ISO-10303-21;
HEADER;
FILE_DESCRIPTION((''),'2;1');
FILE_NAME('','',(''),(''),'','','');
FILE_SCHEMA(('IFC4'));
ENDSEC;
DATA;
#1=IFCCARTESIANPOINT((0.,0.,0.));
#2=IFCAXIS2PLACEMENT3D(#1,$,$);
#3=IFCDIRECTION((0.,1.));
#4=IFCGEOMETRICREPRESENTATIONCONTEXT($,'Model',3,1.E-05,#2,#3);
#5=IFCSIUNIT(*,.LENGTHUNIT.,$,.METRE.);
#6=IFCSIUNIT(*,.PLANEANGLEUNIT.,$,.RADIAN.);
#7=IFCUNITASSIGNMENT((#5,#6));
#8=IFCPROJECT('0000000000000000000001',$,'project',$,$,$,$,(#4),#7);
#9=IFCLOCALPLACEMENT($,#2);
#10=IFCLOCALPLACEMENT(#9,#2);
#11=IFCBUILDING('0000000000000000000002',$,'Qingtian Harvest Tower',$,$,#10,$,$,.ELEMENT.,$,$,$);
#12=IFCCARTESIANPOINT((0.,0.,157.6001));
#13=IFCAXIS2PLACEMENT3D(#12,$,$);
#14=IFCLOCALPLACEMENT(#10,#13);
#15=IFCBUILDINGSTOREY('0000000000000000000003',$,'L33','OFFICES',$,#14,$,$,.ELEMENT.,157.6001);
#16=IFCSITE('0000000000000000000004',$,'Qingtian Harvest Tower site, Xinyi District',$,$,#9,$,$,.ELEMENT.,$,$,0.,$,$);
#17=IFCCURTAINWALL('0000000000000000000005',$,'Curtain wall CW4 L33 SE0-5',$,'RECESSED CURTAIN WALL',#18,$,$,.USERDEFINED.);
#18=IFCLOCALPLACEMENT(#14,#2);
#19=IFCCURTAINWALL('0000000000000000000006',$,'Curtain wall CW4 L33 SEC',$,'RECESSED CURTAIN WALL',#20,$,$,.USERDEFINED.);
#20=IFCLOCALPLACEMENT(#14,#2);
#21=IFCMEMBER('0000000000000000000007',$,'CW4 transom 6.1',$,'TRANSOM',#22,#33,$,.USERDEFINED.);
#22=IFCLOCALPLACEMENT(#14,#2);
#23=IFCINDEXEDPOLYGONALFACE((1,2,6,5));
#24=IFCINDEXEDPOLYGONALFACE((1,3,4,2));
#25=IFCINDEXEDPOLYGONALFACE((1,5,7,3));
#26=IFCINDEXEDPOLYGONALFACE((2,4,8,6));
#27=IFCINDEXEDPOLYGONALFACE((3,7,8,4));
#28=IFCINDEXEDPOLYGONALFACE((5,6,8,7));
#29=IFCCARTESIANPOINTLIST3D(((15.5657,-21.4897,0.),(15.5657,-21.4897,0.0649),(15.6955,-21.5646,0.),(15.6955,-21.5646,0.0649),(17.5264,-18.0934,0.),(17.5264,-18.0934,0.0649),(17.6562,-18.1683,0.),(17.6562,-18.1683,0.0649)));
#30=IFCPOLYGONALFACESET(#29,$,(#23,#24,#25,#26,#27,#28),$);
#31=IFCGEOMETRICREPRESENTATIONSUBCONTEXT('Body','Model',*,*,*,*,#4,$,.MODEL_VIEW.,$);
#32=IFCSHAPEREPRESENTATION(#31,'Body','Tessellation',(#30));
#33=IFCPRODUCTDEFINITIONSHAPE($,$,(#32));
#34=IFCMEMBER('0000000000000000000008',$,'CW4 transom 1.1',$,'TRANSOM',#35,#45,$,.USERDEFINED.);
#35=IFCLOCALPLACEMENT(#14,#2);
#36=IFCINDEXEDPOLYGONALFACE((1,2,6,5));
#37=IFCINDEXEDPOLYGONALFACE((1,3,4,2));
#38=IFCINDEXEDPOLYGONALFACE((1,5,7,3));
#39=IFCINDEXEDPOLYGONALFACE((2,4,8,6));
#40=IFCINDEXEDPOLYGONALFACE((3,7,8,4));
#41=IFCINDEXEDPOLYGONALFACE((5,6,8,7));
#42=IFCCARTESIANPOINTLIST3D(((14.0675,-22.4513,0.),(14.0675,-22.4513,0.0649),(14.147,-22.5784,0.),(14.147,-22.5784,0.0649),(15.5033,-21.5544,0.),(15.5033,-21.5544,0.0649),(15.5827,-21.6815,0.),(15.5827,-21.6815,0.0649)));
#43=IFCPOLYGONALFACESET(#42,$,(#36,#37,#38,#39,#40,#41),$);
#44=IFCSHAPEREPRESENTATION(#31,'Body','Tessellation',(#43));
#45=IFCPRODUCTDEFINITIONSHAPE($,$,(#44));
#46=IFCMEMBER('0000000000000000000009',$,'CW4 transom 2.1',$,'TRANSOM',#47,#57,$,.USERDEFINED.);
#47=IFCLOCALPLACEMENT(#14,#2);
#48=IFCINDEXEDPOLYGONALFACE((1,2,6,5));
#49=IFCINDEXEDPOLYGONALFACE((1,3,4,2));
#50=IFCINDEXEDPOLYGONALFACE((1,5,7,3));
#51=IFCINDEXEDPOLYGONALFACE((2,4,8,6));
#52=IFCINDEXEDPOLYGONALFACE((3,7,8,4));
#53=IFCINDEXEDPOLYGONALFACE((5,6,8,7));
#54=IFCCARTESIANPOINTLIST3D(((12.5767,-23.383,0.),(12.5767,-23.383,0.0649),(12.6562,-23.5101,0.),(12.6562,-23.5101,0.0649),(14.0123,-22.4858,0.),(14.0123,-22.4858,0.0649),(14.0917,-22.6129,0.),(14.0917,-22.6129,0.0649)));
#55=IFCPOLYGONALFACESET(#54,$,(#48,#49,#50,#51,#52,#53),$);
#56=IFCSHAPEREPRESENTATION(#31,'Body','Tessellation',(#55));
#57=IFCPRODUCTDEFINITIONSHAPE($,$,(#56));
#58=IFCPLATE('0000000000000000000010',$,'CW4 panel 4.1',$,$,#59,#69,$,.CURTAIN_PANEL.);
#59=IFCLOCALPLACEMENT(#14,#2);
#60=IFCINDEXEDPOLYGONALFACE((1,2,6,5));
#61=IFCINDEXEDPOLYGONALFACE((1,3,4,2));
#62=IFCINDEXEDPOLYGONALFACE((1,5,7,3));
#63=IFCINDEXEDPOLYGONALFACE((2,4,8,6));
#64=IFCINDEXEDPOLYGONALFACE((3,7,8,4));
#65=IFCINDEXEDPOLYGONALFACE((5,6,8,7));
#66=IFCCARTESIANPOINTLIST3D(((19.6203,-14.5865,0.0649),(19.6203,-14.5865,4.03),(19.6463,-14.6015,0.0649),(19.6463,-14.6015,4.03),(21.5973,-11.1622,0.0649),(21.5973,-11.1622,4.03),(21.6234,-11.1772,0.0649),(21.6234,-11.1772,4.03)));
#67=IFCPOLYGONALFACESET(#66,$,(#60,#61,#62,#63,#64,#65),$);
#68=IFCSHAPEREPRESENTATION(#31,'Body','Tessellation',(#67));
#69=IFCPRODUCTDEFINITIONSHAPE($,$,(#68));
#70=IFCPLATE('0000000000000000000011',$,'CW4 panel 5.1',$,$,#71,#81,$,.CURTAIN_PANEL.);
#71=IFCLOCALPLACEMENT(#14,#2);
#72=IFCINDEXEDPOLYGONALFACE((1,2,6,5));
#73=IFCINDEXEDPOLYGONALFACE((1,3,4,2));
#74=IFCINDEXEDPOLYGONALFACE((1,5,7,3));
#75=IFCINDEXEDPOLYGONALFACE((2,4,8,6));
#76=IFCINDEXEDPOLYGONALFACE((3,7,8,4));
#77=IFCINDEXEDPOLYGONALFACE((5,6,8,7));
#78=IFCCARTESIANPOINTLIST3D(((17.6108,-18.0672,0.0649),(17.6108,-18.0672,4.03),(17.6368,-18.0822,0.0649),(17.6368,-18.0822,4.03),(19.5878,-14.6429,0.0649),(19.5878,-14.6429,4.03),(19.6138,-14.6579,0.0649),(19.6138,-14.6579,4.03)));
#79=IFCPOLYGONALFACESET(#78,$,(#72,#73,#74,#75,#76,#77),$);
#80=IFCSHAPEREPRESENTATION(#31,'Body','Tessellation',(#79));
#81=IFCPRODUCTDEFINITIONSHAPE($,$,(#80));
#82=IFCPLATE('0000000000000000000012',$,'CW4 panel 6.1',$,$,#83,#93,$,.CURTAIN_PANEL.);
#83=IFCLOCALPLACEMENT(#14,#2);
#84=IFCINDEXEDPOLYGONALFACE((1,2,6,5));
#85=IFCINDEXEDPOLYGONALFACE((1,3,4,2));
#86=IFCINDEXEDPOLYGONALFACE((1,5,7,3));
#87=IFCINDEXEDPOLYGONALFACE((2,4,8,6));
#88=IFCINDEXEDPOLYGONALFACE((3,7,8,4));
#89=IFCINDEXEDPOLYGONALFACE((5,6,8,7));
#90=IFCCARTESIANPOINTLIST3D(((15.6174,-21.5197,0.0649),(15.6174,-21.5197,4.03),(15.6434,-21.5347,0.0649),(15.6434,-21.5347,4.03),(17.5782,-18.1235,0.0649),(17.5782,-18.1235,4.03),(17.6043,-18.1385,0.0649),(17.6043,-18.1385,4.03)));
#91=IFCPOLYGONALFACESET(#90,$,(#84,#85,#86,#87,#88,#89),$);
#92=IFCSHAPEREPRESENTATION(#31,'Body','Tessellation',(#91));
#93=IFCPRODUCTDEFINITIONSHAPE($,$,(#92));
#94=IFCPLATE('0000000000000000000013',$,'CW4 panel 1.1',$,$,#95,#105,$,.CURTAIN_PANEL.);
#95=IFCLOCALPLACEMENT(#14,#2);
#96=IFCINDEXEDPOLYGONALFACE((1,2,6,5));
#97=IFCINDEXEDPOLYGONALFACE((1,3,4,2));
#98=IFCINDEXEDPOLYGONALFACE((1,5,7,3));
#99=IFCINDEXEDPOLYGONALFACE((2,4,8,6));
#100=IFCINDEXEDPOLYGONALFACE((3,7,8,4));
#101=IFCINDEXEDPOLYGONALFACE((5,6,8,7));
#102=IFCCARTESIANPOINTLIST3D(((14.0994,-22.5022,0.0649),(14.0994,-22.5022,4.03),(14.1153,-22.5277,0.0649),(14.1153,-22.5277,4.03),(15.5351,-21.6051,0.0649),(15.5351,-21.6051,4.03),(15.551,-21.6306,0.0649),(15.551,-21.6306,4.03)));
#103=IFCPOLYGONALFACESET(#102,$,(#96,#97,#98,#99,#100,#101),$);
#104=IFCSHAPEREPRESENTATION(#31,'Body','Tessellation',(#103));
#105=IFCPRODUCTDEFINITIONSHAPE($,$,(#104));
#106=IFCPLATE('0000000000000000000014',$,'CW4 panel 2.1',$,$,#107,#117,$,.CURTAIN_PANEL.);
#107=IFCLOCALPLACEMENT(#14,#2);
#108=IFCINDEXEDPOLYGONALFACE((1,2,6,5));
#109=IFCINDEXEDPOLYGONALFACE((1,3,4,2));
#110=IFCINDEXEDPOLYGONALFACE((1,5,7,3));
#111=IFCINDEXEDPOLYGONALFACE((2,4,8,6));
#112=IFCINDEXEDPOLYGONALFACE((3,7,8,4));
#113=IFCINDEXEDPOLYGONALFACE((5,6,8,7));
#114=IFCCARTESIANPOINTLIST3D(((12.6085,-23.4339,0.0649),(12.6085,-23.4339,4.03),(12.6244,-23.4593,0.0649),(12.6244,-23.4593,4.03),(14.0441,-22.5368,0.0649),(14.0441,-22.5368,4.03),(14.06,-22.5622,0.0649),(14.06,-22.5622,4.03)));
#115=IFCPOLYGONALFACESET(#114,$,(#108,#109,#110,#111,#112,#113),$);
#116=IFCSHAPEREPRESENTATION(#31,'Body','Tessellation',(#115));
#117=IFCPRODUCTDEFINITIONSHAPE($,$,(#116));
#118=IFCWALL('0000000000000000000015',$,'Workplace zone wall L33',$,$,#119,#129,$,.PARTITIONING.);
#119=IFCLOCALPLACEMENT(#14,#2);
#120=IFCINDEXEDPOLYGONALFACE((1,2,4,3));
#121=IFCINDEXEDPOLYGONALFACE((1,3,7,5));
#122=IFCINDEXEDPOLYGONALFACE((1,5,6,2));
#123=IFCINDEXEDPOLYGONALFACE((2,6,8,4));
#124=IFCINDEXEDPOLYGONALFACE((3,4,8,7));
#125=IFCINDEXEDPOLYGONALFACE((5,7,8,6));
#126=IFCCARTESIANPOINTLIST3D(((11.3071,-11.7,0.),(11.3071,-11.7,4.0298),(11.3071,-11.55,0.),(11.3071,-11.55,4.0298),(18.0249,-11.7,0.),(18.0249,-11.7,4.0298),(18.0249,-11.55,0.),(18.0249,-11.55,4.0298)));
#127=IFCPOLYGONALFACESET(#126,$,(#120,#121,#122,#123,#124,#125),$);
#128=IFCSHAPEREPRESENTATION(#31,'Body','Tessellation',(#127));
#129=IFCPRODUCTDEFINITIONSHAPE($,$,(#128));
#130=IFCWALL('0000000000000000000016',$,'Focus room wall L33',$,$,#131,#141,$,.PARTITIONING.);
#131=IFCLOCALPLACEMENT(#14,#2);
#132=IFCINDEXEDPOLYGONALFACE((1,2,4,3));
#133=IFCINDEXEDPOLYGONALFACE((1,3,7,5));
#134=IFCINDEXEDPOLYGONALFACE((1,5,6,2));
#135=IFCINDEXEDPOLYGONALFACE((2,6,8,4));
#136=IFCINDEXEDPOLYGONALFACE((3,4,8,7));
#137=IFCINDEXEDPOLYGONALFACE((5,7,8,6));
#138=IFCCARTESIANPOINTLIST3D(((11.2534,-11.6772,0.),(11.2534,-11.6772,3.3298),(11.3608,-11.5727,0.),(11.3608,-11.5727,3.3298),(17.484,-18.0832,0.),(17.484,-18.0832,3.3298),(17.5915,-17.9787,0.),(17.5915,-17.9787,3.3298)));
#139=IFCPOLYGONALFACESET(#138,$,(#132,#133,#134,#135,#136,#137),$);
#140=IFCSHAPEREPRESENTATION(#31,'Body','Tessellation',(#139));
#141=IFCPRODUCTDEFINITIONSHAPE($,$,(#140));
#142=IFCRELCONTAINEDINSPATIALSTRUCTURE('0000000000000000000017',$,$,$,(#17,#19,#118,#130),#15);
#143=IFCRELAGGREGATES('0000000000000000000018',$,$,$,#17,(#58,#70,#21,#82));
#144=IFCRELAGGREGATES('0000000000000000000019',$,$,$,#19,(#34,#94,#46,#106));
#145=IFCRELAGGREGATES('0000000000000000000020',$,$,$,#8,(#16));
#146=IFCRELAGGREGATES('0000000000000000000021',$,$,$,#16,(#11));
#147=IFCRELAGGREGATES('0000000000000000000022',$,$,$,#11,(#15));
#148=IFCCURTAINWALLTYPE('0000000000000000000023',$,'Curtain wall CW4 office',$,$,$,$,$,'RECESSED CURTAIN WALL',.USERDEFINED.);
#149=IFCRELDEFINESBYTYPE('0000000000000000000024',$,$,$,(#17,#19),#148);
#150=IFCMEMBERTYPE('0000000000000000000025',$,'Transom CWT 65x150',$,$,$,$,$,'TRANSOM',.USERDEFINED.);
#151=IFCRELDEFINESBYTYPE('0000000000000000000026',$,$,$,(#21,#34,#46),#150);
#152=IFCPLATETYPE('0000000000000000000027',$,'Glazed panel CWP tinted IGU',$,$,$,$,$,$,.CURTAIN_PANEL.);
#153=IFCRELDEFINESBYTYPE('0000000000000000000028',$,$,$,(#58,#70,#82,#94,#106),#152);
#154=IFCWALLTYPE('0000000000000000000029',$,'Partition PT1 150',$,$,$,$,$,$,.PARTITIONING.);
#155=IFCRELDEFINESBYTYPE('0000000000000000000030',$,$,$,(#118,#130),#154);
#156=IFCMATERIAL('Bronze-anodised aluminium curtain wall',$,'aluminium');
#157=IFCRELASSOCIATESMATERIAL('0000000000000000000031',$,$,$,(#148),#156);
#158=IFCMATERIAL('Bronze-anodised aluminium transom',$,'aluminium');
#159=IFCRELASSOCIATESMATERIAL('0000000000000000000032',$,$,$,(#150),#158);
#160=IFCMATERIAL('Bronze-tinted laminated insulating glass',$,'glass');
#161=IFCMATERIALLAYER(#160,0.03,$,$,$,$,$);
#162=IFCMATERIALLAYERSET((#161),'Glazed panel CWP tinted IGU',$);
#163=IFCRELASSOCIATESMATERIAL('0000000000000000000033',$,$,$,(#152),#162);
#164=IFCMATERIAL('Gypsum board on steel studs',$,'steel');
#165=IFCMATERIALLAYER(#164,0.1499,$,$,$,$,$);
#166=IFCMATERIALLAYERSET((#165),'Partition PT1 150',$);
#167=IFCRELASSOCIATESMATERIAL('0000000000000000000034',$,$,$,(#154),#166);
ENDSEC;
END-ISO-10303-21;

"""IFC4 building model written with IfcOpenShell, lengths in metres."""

from ifc_helpers import new_model, si_unit, direction, frame, frame_2d, origin, origin_2d, place, context, subcontext, project, spatial, rectangle, extrude, material, layer, layer_set, material_profile, profile_set, type_object, element, aggregate, save


model = new_model("IFC4")

# Units and contexts
model_context = context("Model", 3, precision=1e-05, world=origin(), true_north=direction((0.0, 1.0)))
body_context = subcontext(model_context, "Body", "Model", "MODEL_VIEW")
ifc_project = project(units=[si_unit("LENGTHUNIT", "METRE"), si_unit("PLANEANGLEUNIT", "RADIAN")], contexts=[model_context])

# Site, building, storey
site_placement = place(None, origin())
site = spatial("IfcSite", under=ifc_project, at=site_placement, Name="Qingtian Harvest Tower site, Xinyi District", CompositionType="ELEMENT", RefElevation=0.0)
building_placement = place(site_placement, origin())
building = spatial("IfcBuilding", under=site, at=building_placement, Name="Qingtian Harvest Tower", CompositionType="ELEMENT")
storey_placement = place(building_placement, frame((0.0, 0.0, 157.6001)))
storey = spatial("IfcBuildingStorey", under=building, at=storey_placement, Name="L33", Description="OFFICES", CompositionType="ELEMENT", Elevation=157.6001)

# Curtain walls
ifc_material_1 = material(Name="Bronze-anodised aluminium curtain wall", Category="aluminium")
curtain_wall_type = type_object("IfcCurtainWallType", Name="Curtain wall CW4 office", ElementType="RECESSED CURTAIN WALL", PredefinedType="USERDEFINED", material=ifc_material_1)
curtain_wall_1_placement = place(storey_placement, origin())
curtain_wall_1 = element("IfcCurtainWall", 1, at=curtain_wall_1_placement, inside=storey, type_object=curtain_wall_type, Name="Curtain wall CW4 L33 SE0-5", ObjectType="RECESSED CURTAIN WALL", PredefinedType="USERDEFINED")
curtain_wall_2_placement = place(storey_placement, origin())
curtain_wall_2 = element("IfcCurtainWall", 2, at=curtain_wall_2_placement, inside=storey, type_object=curtain_wall_type, Name="Curtain wall CW4 L33 SEC", ObjectType="RECESSED CURTAIN WALL", PredefinedType="USERDEFINED")

# Members
ifc_material_2 = material(Name="Bronze-anodised aluminium transom", Category="aluminium")
ifc_material_profile_1 = material_profile(ifc_material_2, rectangle(XDim=0.1499, YDim=0.0649, at=origin_2d()), Name="AL 65x150")
ifc_profile_set_1 = profile_set([ifc_material_profile_1], Name="Bronze-anodised aluminium transom")
member_type_1 = type_object("IfcMemberType", Name="Transom CWT 65x150", ElementType="TRANSOM", PredefinedType="USERDEFINED", material=ifc_profile_set_1)
member_1_placement = place(storey_placement, frame((17.5913, -18.1309, 0.0325), z_axis=(-0.499976, -0.866039, 0.0), x_axis=(0.866039, -0.499976, 0.0)))
member_1 = element("IfcMember", 3, at=member_1_placement, type_object=member_type_1, Name="CW4 transom 6.1", ObjectType="TRANSOM", PredefinedType="USERDEFINED", context=body_context, shape_type="SweptSolid", body=[
    extrude(rectangle(XDim=0.1499, YDim=0.0649, at=origin_2d()), origin(), (0.0, 0.0, 1.0), 3.9216),
])
member_2_placement = place(storey_placement, frame((15.543, -21.6179, 0.0325), z_axis=(-0.848104, -0.52983, 0.0), x_axis=(0.52983, -0.848104, 0.0)))
member_2 = element("IfcMember", 4, at=member_2_placement, type_object=member_type_1, Name="CW4 transom 1.1", ObjectType="TRANSOM", PredefinedType="USERDEFINED", context=body_context, shape_type="SweptSolid", body=[
    extrude(rectangle(XDim=0.1499, YDim=0.0649, at=origin_2d()), origin(), (0.0, 0.0, 1.0), 1.6929),
])
member_3_placement = place(storey_placement, frame((14.052, -22.5493, 0.0325), z_axis=(-0.847998, -0.529999, 0.0), x_axis=(0.529999, -0.847998, 0.0)))
member_3 = element("IfcMember", 5, at=member_3_placement, type_object=member_type_1, Name="CW4 transom 2.1", ObjectType="TRANSOM", PredefinedType="USERDEFINED", context=body_context, shape_type="SweptSolid", body=[
    extrude(rectangle(XDim=0.1499, YDim=0.0649, at=origin_2d()), origin(), (0.0, 0.0, 1.0), 1.6929),
])

# Plates
ifc_material_3 = material(Name="Bronze-tinted laminated insulating glass", Category="glass")
ifc_layer_1 = layer(ifc_material_3, 0.03)
ifc_layer_set_1 = layer_set([ifc_layer_1], Name="Glazed panel CWP tinted IGU")
plate_type = type_object("IfcPlateType", Name="Glazed panel CWP tinted IGU", PredefinedType="CURTAIN_PANEL", material=ifc_layer_set_1)
plate_1_placement = place(storey_placement, frame((20.6218, -12.8818, 0.0649), z_axis=(0.0, 0.0, 1.0), x_axis=(-0.5, -0.866025, 0.0)))
plate_1 = element("IfcPlate", 6, at=plate_1_placement, type_object=plate_type, Name="CW4 panel 4.1", PredefinedType="CURTAIN_PANEL", context=body_context, shape_type="SweptSolid", body=[
    extrude(rectangle(XDim=3.9541, YDim=0.03, at=origin_2d()), origin(), (0.0, 0.0, 1.0), 3.9651),
])
plate_2_placement = place(storey_placement, frame((18.6123, -16.3625, 0.0649), z_axis=(0.0, 0.0, 1.0), x_axis=(-0.5, -0.866025, 0.0)))
plate_2 = element("IfcPlate", 7, at=plate_2_placement, type_object=plate_type, Name="CW4 panel 5.1", PredefinedType="CURTAIN_PANEL", context=body_context, shape_type="SweptSolid", body=[
    extrude(rectangle(XDim=3.9541, YDim=0.03, at=origin_2d()), origin(), (0.0, 0.0, 1.0), 3.9651),
])
plate_3_placement = place(storey_placement, frame((16.6108, -19.8291, 0.0649), z_axis=(0.0, 0.0, 1.0), x_axis=(-0.5, -0.866025, 0.0)))
plate_3 = element("IfcPlate", 8, at=plate_3_placement, type_object=plate_type, Name="CW4 panel 6.1", PredefinedType="CURTAIN_PANEL", context=body_context, shape_type="SweptSolid", body=[
    extrude(rectangle(XDim=3.9216, YDim=0.03, at=origin_2d()), origin(), (0.0, 0.0, 1.0), 3.9651),
])
aggregate(curtain_wall_1, [plate_1, plate_2, member_1, plate_3])
plate_4_placement = place(storey_placement, frame((14.8252, -22.0664, 0.0649), z_axis=(0.0, 0.0, 1.0), x_axis=(-0.848048, -0.529919, 0.0)))
plate_4 = element("IfcPlate", 9, at=plate_4_placement, type_object=plate_type, Name="CW4 panel 1.1", PredefinedType="CURTAIN_PANEL", context=body_context, shape_type="SweptSolid", body=[
    extrude(rectangle(XDim=1.6929, YDim=0.03, at=origin_2d()), origin(), (0.0, 0.0, 1.0), 3.9651),
])
plate_5_placement = place(storey_placement, frame((13.3342, -22.998, 0.0649), z_axis=(0.0, 0.0, 1.0), x_axis=(-0.848048, -0.529919, 0.0)))
plate_5 = element("IfcPlate", 10, at=plate_5_placement, type_object=plate_type, Name="CW4 panel 2.1", PredefinedType="CURTAIN_PANEL", context=body_context, shape_type="SweptSolid", body=[
    extrude(rectangle(XDim=1.6929, YDim=0.03, at=origin_2d()), origin(), (0.0, 0.0, 1.0), 3.9651),
])
aggregate(curtain_wall_2, [member_2, plate_4, member_3, plate_5])

# Walls
ifc_material_4 = material(Name="Gypsum board on steel studs", Category="steel")
ifc_layer_2 = layer(ifc_material_4, 0.1499)
ifc_layer_set_2 = layer_set([ifc_layer_2], Name="Partition PT1 150")
wall_type = type_object("IfcWallType", Name="Partition PT1 150", PredefinedType="PARTITIONING", material=ifc_layer_set_2)
wall_1_placement = place(storey_placement, frame((18.0249, -11.625, 0.0), z_axis=(0.0, 0.0, 1.0), x_axis=(-1.0, 0.0, 0.0)))
element("IfcWall", 11, at=wall_1_placement, inside=storey, type_object=wall_type, Name="Workplace zone wall L33", PredefinedType="PARTITIONING", context=body_context, shape_type="SweptSolid", body=[
    extrude(rectangle(XDim=6.7178, YDim=0.1499, at=frame_2d((3.3589, 0.0))), origin(), (0.0, 0.0, 1.0), 4.0298),
])
wall_2_placement = place(storey_placement, frame((17.5378, -18.031, 0.0), z_axis=(0.0, 0.0, 1.0), x_axis=(-0.697231, 0.716847, 0.0)))
element("IfcWall", 12, at=wall_2_placement, inside=storey, type_object=wall_type, Name="Focus room wall L33", PredefinedType="PARTITIONING", context=body_context, shape_type="SweptSolid", body=[
    extrude(rectangle(XDim=8.9363, YDim=0.1499, at=frame_2d((4.4683, 0.0))), origin(), (0.0, 0.0, 1.0), 3.3298),
])

save(model, "model.ifc")
